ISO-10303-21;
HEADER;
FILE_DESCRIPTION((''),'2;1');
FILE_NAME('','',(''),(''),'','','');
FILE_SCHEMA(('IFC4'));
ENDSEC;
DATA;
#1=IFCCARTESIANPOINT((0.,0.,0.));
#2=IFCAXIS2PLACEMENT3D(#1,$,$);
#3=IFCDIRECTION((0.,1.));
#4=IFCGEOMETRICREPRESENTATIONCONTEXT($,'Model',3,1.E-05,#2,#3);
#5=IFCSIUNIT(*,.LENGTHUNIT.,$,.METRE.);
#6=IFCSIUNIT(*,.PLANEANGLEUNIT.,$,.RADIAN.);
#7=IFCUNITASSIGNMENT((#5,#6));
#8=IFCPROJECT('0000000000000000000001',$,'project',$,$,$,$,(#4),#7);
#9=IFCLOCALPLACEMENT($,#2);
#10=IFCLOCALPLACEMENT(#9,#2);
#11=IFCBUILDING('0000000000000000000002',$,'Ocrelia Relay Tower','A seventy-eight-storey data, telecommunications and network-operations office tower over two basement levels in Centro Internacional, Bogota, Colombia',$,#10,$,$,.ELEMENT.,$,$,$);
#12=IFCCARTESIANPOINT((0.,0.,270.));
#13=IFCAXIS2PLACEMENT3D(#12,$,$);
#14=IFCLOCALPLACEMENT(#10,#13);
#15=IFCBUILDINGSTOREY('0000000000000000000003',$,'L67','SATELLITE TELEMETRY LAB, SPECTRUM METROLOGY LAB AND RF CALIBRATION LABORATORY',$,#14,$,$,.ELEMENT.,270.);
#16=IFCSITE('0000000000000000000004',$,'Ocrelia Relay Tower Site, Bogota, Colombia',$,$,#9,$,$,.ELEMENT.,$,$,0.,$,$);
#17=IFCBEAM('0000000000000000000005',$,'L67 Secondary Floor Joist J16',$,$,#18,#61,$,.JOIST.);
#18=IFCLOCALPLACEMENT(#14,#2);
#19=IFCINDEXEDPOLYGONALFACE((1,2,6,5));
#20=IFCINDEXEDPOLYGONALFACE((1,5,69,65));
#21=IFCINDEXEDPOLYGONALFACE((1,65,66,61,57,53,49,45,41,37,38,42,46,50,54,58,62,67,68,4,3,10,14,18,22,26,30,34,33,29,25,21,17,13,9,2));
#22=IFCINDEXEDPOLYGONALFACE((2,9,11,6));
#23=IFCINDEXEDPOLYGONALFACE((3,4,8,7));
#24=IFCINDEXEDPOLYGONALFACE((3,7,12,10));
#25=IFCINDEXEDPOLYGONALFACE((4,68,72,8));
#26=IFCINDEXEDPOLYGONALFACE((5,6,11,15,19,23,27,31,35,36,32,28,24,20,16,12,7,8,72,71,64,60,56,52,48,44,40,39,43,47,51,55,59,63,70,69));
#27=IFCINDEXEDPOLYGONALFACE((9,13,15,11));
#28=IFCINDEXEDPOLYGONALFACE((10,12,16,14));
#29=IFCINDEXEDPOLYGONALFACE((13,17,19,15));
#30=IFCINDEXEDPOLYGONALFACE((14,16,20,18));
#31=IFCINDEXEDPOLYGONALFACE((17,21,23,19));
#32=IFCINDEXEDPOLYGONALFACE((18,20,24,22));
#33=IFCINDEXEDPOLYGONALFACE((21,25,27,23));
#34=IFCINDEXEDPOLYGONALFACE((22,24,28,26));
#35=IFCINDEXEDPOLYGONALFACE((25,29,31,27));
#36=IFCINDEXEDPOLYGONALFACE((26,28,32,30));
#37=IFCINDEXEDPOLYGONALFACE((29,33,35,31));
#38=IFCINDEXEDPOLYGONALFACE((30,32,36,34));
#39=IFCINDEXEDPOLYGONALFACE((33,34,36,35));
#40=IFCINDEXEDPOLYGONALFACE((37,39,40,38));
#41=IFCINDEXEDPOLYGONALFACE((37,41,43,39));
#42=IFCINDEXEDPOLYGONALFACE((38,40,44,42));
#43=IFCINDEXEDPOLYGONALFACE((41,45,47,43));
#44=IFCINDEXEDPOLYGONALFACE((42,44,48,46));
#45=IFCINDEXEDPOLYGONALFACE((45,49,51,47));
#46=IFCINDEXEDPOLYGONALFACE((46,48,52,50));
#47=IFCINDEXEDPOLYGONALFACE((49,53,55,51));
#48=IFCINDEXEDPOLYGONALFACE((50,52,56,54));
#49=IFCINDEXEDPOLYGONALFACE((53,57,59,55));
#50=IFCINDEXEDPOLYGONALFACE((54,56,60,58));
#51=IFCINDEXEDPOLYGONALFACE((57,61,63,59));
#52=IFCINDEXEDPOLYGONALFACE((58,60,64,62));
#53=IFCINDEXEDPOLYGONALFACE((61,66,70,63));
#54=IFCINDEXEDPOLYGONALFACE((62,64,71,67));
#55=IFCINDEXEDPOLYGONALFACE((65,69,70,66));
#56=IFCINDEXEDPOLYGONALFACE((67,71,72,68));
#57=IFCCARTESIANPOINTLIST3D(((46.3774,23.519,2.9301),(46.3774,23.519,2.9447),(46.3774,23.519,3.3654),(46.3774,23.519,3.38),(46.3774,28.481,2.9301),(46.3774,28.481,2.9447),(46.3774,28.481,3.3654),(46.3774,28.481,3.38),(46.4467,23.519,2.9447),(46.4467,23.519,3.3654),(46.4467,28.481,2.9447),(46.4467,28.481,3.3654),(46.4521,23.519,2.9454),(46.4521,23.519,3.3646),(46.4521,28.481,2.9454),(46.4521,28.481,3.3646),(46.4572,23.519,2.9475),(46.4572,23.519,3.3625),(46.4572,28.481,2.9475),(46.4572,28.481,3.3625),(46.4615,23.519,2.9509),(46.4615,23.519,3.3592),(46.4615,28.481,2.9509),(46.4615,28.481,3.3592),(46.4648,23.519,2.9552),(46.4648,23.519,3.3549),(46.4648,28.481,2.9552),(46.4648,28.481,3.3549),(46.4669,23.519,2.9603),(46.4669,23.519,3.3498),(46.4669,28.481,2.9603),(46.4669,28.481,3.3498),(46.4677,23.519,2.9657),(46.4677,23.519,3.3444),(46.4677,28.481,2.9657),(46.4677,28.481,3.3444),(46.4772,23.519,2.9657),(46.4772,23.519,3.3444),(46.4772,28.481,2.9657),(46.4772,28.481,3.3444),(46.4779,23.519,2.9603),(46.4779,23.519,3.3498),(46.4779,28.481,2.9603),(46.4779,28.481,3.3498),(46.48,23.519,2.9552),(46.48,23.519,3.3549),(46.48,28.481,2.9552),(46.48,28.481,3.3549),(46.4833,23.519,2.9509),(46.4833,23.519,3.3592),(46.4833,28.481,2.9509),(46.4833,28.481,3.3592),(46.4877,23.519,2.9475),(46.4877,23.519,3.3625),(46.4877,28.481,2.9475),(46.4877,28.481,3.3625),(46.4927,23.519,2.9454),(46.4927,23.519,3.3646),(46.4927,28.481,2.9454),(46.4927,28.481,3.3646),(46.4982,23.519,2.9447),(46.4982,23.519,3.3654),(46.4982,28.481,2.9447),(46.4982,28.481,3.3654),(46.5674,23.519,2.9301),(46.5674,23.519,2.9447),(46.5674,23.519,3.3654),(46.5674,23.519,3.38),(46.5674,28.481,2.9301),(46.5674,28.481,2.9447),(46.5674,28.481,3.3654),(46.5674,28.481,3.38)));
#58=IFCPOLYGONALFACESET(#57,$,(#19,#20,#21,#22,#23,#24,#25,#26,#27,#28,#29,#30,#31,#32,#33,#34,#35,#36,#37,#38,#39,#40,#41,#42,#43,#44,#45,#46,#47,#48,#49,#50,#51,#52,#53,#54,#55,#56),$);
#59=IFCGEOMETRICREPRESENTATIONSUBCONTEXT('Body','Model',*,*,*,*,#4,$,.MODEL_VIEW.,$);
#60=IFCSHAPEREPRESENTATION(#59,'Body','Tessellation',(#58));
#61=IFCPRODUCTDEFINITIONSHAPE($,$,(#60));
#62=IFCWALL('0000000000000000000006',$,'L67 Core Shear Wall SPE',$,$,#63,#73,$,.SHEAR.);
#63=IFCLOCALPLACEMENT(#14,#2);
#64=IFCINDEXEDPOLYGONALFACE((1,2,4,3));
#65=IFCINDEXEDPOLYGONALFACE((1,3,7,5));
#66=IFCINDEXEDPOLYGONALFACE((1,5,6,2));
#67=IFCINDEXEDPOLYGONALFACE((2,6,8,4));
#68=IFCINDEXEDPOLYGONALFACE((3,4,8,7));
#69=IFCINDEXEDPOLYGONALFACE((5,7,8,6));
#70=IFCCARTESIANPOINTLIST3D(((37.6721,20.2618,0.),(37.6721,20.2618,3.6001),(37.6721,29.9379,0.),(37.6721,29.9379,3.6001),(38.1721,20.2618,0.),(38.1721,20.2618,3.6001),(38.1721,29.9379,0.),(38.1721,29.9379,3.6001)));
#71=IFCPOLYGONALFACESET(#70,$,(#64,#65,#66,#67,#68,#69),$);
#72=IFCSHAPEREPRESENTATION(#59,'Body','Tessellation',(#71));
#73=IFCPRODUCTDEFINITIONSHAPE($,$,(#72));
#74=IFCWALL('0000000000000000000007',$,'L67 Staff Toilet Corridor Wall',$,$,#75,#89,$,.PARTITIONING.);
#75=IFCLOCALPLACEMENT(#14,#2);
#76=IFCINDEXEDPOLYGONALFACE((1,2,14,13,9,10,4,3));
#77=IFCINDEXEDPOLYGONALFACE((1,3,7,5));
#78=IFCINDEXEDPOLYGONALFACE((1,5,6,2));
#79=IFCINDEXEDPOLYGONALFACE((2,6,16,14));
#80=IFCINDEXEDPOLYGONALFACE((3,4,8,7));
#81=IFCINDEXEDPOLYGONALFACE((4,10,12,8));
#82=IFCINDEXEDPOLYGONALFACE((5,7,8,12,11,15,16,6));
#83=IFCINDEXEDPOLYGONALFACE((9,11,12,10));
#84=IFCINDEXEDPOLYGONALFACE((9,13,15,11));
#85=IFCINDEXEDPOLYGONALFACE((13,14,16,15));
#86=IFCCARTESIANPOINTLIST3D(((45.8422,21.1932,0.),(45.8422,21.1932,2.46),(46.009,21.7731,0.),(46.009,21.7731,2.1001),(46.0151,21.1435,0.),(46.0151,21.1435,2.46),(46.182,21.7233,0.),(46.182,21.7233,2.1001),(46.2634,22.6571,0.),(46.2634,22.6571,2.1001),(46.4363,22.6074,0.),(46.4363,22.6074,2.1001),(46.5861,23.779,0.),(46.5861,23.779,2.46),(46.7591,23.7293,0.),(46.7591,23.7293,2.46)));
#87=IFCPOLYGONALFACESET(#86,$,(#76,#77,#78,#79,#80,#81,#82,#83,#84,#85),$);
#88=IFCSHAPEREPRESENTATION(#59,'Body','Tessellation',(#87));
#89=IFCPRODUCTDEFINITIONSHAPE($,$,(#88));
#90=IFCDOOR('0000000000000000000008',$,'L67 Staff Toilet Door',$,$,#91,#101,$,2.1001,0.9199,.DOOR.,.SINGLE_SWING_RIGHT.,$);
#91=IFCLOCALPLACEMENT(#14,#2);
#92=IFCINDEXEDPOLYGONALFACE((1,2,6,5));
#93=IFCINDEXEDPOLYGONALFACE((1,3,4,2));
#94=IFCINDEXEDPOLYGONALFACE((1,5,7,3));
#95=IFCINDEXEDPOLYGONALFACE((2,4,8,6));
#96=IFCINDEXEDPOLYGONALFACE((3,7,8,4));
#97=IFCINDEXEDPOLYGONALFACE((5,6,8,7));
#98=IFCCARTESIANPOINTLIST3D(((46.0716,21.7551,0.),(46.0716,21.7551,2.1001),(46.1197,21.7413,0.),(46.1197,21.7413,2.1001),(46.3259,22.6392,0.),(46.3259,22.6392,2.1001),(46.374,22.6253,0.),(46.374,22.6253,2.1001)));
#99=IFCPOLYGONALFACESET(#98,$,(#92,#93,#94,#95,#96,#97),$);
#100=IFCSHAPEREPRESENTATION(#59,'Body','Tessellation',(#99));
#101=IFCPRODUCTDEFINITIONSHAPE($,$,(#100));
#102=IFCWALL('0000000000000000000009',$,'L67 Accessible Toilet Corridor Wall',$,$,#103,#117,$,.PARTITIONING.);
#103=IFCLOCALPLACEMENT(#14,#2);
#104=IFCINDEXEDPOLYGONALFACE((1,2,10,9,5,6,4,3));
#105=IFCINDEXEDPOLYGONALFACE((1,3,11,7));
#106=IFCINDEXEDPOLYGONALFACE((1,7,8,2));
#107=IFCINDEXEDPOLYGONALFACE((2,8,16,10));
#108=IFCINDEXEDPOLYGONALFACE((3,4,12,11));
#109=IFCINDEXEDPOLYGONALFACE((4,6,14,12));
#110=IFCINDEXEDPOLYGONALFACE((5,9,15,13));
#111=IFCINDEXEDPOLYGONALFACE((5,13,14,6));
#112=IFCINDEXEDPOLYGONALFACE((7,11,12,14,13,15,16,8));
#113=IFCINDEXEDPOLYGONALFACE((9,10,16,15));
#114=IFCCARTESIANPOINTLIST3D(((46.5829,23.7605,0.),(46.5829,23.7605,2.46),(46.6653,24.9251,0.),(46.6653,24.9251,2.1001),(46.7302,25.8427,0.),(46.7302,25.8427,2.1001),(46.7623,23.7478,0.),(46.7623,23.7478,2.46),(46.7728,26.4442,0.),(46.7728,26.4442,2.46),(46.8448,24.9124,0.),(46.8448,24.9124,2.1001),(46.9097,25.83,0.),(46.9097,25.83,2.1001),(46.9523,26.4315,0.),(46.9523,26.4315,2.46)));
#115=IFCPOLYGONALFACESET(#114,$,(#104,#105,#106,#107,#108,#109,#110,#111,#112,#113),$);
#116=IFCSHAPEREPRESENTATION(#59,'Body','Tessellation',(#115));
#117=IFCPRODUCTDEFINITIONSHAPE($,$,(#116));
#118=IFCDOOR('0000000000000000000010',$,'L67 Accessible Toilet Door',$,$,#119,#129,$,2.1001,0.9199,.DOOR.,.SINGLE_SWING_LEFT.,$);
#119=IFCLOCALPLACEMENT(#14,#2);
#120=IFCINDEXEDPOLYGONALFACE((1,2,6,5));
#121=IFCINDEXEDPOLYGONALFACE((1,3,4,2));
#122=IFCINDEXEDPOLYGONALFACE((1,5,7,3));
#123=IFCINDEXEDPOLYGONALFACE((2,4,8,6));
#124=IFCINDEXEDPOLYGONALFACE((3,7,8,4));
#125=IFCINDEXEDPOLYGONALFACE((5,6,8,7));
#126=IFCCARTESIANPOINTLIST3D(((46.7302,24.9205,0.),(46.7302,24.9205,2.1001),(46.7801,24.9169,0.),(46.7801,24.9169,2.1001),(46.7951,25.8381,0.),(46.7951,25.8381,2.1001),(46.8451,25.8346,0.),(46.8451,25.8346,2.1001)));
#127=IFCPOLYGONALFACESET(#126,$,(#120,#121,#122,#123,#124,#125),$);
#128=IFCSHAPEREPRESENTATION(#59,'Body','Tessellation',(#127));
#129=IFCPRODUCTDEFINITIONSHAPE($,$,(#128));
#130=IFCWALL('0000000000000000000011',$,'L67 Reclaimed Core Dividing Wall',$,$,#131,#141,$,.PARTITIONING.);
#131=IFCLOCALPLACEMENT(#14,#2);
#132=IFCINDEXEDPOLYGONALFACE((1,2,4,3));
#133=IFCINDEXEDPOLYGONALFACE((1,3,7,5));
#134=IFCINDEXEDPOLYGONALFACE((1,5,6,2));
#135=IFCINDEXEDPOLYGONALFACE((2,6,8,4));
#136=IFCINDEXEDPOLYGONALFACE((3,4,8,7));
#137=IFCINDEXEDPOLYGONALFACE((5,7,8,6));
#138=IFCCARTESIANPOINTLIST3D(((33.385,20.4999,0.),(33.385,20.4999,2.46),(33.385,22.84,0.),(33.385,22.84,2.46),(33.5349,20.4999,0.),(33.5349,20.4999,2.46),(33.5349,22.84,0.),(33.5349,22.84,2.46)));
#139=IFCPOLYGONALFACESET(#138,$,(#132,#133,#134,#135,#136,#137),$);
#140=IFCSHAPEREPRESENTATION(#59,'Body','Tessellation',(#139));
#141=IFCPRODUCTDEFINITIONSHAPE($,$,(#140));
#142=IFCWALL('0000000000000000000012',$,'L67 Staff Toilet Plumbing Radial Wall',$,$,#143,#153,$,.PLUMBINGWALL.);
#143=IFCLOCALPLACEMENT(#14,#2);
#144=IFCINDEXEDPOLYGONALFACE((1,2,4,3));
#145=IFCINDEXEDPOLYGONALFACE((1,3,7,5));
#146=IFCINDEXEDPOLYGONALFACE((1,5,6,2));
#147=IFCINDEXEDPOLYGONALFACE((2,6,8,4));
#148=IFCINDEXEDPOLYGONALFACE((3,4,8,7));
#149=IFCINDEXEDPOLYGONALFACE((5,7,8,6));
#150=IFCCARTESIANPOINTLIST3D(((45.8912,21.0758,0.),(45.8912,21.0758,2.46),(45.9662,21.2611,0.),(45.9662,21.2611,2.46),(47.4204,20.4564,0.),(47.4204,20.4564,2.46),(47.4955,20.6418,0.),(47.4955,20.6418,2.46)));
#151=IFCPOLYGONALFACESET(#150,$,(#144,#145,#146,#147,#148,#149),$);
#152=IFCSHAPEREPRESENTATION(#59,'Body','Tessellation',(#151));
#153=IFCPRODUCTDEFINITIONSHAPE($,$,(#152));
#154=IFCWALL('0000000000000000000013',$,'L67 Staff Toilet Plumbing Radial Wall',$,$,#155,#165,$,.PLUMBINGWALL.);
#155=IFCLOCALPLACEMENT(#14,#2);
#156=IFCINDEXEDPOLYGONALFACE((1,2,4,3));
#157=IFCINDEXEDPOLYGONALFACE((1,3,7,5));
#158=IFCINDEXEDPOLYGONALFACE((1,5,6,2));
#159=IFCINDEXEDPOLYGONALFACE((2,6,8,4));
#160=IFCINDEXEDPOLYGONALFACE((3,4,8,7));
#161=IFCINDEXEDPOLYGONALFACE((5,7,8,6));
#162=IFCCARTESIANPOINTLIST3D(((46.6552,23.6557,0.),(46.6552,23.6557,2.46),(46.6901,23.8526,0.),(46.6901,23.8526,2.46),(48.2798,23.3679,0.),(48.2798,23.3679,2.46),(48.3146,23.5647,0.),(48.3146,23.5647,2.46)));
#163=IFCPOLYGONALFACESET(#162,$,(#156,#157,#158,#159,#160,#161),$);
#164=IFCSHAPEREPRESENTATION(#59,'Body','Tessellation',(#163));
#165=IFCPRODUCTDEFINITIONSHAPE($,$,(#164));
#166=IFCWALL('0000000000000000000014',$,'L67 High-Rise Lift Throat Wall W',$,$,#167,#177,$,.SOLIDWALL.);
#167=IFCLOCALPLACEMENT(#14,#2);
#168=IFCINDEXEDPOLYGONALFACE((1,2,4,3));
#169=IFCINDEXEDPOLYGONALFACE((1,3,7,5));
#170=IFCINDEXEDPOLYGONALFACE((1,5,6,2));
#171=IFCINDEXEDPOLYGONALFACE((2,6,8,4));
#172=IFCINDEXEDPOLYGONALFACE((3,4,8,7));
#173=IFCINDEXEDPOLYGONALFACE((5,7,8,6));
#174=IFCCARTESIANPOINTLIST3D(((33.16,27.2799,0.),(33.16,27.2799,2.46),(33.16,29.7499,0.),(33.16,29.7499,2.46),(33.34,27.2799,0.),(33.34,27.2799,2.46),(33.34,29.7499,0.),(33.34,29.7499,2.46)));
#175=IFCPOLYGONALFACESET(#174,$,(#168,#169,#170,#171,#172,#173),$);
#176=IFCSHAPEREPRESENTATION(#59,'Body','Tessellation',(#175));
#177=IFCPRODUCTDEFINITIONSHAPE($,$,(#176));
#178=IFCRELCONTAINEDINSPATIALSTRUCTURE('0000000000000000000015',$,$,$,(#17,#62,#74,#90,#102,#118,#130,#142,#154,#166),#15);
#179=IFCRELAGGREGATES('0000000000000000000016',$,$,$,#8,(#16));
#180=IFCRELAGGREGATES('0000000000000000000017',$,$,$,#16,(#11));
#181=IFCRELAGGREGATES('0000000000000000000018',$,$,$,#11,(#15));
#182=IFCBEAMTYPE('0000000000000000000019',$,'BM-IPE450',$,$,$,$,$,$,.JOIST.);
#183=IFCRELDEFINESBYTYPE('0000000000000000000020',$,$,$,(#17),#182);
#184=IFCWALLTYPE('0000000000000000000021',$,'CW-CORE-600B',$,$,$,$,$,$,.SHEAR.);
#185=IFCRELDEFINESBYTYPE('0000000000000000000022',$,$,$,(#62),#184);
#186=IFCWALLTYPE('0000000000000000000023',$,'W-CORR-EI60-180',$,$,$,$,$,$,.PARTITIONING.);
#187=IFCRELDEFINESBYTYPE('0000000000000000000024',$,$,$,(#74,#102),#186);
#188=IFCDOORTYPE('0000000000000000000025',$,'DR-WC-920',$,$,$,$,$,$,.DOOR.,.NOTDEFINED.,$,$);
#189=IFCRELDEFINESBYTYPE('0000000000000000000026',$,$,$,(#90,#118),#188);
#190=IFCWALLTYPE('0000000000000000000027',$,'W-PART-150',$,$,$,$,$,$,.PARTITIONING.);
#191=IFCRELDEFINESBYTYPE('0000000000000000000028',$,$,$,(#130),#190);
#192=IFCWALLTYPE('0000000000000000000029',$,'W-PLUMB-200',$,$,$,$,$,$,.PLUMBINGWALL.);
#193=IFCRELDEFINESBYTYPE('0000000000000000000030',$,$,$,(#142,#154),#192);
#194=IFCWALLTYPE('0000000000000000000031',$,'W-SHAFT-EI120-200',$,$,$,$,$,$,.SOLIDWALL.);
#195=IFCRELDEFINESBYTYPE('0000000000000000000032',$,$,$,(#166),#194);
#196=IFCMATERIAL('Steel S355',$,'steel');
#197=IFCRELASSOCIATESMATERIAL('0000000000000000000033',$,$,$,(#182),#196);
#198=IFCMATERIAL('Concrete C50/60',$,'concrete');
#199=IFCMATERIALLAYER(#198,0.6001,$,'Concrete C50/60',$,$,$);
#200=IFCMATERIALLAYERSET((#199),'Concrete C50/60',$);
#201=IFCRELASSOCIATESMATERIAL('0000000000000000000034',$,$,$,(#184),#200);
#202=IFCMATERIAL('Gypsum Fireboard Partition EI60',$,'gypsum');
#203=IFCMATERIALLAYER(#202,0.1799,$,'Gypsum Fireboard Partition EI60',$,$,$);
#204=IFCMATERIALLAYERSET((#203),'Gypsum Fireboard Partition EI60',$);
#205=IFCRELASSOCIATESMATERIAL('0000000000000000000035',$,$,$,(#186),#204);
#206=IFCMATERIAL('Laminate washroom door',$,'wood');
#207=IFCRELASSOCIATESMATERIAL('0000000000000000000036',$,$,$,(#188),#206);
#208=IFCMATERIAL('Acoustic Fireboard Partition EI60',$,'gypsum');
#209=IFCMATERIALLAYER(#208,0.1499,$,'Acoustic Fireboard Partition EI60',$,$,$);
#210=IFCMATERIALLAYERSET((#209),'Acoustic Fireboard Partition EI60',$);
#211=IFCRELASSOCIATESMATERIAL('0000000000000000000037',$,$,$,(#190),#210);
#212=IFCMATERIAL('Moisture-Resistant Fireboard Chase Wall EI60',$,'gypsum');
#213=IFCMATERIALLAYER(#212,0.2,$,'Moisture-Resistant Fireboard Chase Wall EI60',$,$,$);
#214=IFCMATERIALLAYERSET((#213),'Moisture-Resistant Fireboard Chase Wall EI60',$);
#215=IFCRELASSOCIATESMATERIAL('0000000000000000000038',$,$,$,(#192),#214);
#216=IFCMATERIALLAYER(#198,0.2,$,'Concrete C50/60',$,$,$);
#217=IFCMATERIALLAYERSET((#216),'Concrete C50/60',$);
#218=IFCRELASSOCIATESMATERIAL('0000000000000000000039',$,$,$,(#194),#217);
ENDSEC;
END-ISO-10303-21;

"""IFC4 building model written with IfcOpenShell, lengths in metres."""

from ifc_helpers import new_model, si_unit, direction, frame, frame_2d, origin, origin_2d, place, context, subcontext, project, spatial, rectangle, i_section, extrude, material, layer, layer_set, material_profile, profile_set, type_object, element, fill, save


model = new_model("IFC4")

# Units and contexts
model_context = context("Model", 3, precision=1e-05, world=origin(), true_north=direction((0.0, 1.0)))
body_context = subcontext(model_context, "Body", "Model", "MODEL_VIEW")
ifc_project = project(units=[si_unit("LENGTHUNIT", "METRE"), si_unit("PLANEANGLEUNIT", "RADIAN")], contexts=[model_context])

# Site, building, storey
site_placement = place(None, origin())
site = spatial("IfcSite", under=ifc_project, at=site_placement, Name="Ocrelia Relay Tower Site, Bogota, Colombia", CompositionType="ELEMENT", RefElevation=0.0)
building_placement = place(site_placement, origin())
building = spatial("IfcBuilding", under=site, at=building_placement, Name="Ocrelia Relay Tower", Description="A seventy-eight-storey data, telecommunications and network-operations office tower over two basement levels in Centro Internacional, Bogota, Colombia", CompositionType="ELEMENT")
storey_placement = place(building_placement, frame((0.0, 0.0, 270.0)))
storey = spatial("IfcBuildingStorey", under=building, at=storey_placement, Name="L67", Description="SATELLITE TELEMETRY LAB, SPECTRUM METROLOGY LAB AND RF CALIBRATION LABORATORY", CompositionType="ELEMENT", Elevation=270.0)

# Beam
ifc_material_1 = material(Name="Steel S355", Category="steel")
ifc_material_profile = material_profile(ifc_material_1, i_section(OverallWidth=0.1899, OverallDepth=0.45, WebThickness=0.0095, FlangeThickness=0.0146, FilletRadius=0.021, at=origin_2d()), Name="IPE 450")
ifc_profile_set = profile_set([ifc_material_profile], Name="Steel S355")
beam_type = type_object("IfcBeamType", Name="BM-IPE450", PredefinedType="JOIST", material=ifc_profile_set)
beam_placement = place(storey_placement, frame((46.4724, 23.519, 3.155), z_axis=(0.0, 1.0, 0.0), x_axis=(-1.0, 0.0, 0.0)))
element("IfcBeam", 1, at=beam_placement, inside=storey, type_object=beam_type, Name="L67 Secondary Floor Joist J16", PredefinedType="JOIST", context=body_context, shape_type="SweptSolid", body=[
    extrude(i_section(OverallWidth=0.1899, OverallDepth=0.45, WebThickness=0.0095, FlangeThickness=0.0146, FilletRadius=0.021, at=origin_2d()), origin(), (0.0, 0.0, 1.0), 4.9619),
])

# Wall
ifc_material_2 = material(Name="Concrete C50/60", Category="concrete")
ifc_layer_1 = layer(ifc_material_2, 0.6001, Name="Concrete C50/60")
ifc_layer_set_1 = layer_set([ifc_layer_1], Name="Concrete C50/60")
wall_type_1 = type_object("IfcWallType", Name="CW-CORE-600B", PredefinedType="SHEAR", material=ifc_layer_set_1)
wall_1_placement = place(storey_placement, frame((37.9221, 20.262, 0.0), z_axis=(0.0, 0.0, 1.0), x_axis=(0.0, 1.0, 0.0)))
element("IfcWall", 2, at=wall_1_placement, inside=storey, type_object=wall_type_1, Name="L67 Core Shear Wall SPE", PredefinedType="SHEAR", context=body_context, shape_type="SweptSolid", body=[
    extrude(rectangle(XDim=9.676, YDim=0.5, at=frame_2d((4.8379, 0.0))), origin(), (0.0, 0.0, 1.0), 3.6001),
])

# Walls, openings, doors
ifc_material_3 = material(Name="Gypsum Fireboard Partition EI60", Category="gypsum")
ifc_layer_2 = layer(ifc_material_3, 0.1799, Name="Gypsum Fireboard Partition EI60")
ifc_layer_set_2 = layer_set([ifc_layer_2], Name="Gypsum Fireboard Partition EI60")
wall_type_2 = type_object("IfcWallType", Name="W-CORR-EI60-180", PredefinedType="PARTITIONING", material=ifc_layer_set_2)
wall_2_placement = place(storey_placement, frame((45.9287, 21.1685, 0.0), z_axis=(0.0, 0.0, 1.0), x_axis=(0.276482, 0.961019, 0.0)))
wall_2 = element("IfcWall", 3, at=wall_2_placement, inside=storey, type_object=wall_type_2, Name="L67 Staff Toilet Corridor Wall", PredefinedType="PARTITIONING", context=body_context, shape_type="SweptSolid", body=[
    extrude(rectangle(XDim=2.6907, YDim=0.1799, at=frame_2d((1.3452, 0.0))), origin(), (0.0, 0.0, 1.0), 2.46),
])
opening_1_placement = place(wall_2_placement, frame((0.6033, 0.0, 0.0)))
opening_1 = element("IfcOpeningElement", 4, at=opening_1_placement, cuts=wall_2, PredefinedType="OPENING", context=body_context, shape_type="SweptSolid", body=[
    extrude(rectangle(XDim=0.9199, YDim=2.1001, at=frame_2d((0.46, 1.05))), frame((0.0, 0.1001, 0.0), z_axis=(0.0, -1.0, 0.0), x_axis=(1.0, 0.0, 0.0)), (0.0, 0.0, 1.0), 0.2),
])
ifc_material_4 = material(Name="Laminate washroom door", Category="wood")
door_type_1 = type_object("IfcDoorType", Name="DR-WC-920", OperationType="NOTDEFINED", PredefinedType="DOOR", material=ifc_material_4)
door_1_placement = place(opening_1_placement, origin())
door_1 = element("IfcDoor", 5, at=door_1_placement, inside=storey, type_object=door_type_1, Name="L67 Staff Toilet Door", OperationType="SINGLE_SWING_RIGHT", OverallHeight=2.1001, OverallWidth=0.9199, PredefinedType="DOOR", context=body_context, shape_type="SweptSolid", body=[
    extrude(rectangle(XDim=0.9199, YDim=2.1001, at=frame_2d((0.46, 1.05))), frame((0.0, 0.0249, 0.0), z_axis=(0.0, -1.0, 0.0), x_axis=(1.0, 0.0, 0.0)), (0.0, 0.0, 1.0), 0.05),
])
fill(opening_1, door_1)
wall_3_placement = place(storey_placement, frame((46.6726, 23.7542, 0.0), z_axis=(0.0, 0.0, 1.0), x_axis=(0.070596, 0.997505, 0.0)))
wall_3 = element("IfcWall", 6, at=wall_3_placement, inside=storey, type_object=wall_type_2, Name="L67 Accessible Toilet Corridor Wall", PredefinedType="PARTITIONING", context=body_context, shape_type="SweptSolid", body=[
    extrude(rectangle(XDim=2.6904, YDim=0.1799, at=frame_2d((1.3452, 0.0))), origin(), (0.0, 0.0, 1.0), 2.46),
])
opening_2_placement = place(wall_3_placement, frame((1.1675, 0.0, 0.0)))
opening_2 = element("IfcOpeningElement", 7, at=opening_2_placement, cuts=wall_3, PredefinedType="OPENING", context=body_context, shape_type="SweptSolid", body=[
    extrude(rectangle(XDim=0.9199, YDim=2.1001, at=frame_2d((0.46, 1.05))), frame((0.0, 0.1001, 0.0), z_axis=(0.0, -1.0, 0.0), x_axis=(1.0, 0.0, 0.0)), (0.0, 0.0, 1.0), 0.2),
])
door_2_placement = place(opening_2_placement, origin())
door_2 = element("IfcDoor", 8, at=door_2_placement, inside=storey, type_object=door_type_1, Name="L67 Accessible Toilet Door", OperationType="SINGLE_SWING_LEFT", OverallHeight=2.1001, OverallWidth=0.9199, PredefinedType="DOOR", context=body_context, shape_type="SweptSolid", body=[
    extrude(rectangle(XDim=0.9199, YDim=2.1001, at=frame_2d((0.46, 1.05))), frame((0.0, 0.0249, 0.0), z_axis=(0.0, -1.0, 0.0), x_axis=(1.0, 0.0, 0.0)), (0.0, 0.0, 1.0), 0.05),
])
fill(opening_2, door_2)

# Walls
ifc_material_5 = material(Name="Acoustic Fireboard Partition EI60", Category="gypsum")
ifc_layer_3 = layer(ifc_material_5, 0.1499, Name="Acoustic Fireboard Partition EI60")
ifc_layer_set_3 = layer_set([ifc_layer_3], Name="Acoustic Fireboard Partition EI60")
wall_type_3 = type_object("IfcWallType", Name="W-PART-150", PredefinedType="PARTITIONING", material=ifc_layer_set_3)
wall_4_placement = place(storey_placement, frame((33.46, 20.5, 0.0), z_axis=(0.0, 0.0, 1.0), x_axis=(0.0, 1.0, 0.0)))
element("IfcWall", 9, at=wall_4_placement, inside=storey, type_object=wall_type_3, Name="L67 Reclaimed Core Dividing Wall", PredefinedType="PARTITIONING", context=body_context, shape_type="SweptSolid", body=[
    extrude(rectangle(XDim=2.3401, YDim=0.1499, at=frame_2d((1.1699, 0.0))), origin(), (0.0, 0.0, 1.0), 2.46),
])
ifc_material_6 = material(Name="Moisture-Resistant Fireboard Chase Wall EI60", Category="gypsum")
ifc_layer_4 = layer(ifc_material_6, 0.2, Name="Moisture-Resistant Fireboard Chase Wall EI60")
ifc_layer_set_4 = layer_set([ifc_layer_4], Name="Moisture-Resistant Fireboard Chase Wall EI60")
wall_type_4 = type_object("IfcWallType", Name="W-PLUMB-200", PredefinedType="PLUMBINGWALL", material=ifc_layer_set_4)
for number, where, z_axis, x_axis, name in (
    (10, (45.9287, 21.1685, 0.0), (0.0, 0.0, 1.0), (0.926866, -0.375393, 0.0), "L67 Staff Toilet Plumbing Radial Wall"),
    (11, (46.6726, 23.7542, 0.0), (0.0, 0.0, 1.0), (0.984663, -0.174469, 0.0), "L67 Staff Toilet Plumbing Radial Wall"),
):
    element("IfcWall", number, at=place(storey_placement, frame(where, z_axis=z_axis, x_axis=x_axis)), inside=storey, type_object=wall_type_4, Name=name, PredefinedType="PLUMBINGWALL", context=body_context, shape_type="SweptSolid", body=[
        extrude(rectangle(XDim=1.6499, YDim=0.2, at=frame_2d((0.825, 0.0))), origin(), (0.0, 0.0, 1.0), 2.46),
    ])
ifc_layer_5 = layer(ifc_material_2, 0.2, Name="Concrete C50/60")
ifc_layer_set_5 = layer_set([ifc_layer_5], Name="Concrete C50/60")
wall_type_5 = type_object("IfcWallType", Name="W-SHAFT-EI120-200", PredefinedType="SOLIDWALL", material=ifc_layer_set_5)
wall_5_placement = place(storey_placement, frame((33.25, 27.28, 0.0), z_axis=(0.0, 0.0, 1.0), x_axis=(0.0, 1.0, 0.0)))
element("IfcWall", 12, at=wall_5_placement, inside=storey, type_object=wall_type_5, Name="L67 High-Rise Lift Throat Wall W", PredefinedType="SOLIDWALL", context=body_context, shape_type="SweptSolid", body=[
    extrude(rectangle(XDim=2.47, YDim=0.1799, at=frame_2d((1.2349, 0.0))), origin(), (0.0, 0.0, 1.0), 2.46),
])

save(model, "model.ifc")
